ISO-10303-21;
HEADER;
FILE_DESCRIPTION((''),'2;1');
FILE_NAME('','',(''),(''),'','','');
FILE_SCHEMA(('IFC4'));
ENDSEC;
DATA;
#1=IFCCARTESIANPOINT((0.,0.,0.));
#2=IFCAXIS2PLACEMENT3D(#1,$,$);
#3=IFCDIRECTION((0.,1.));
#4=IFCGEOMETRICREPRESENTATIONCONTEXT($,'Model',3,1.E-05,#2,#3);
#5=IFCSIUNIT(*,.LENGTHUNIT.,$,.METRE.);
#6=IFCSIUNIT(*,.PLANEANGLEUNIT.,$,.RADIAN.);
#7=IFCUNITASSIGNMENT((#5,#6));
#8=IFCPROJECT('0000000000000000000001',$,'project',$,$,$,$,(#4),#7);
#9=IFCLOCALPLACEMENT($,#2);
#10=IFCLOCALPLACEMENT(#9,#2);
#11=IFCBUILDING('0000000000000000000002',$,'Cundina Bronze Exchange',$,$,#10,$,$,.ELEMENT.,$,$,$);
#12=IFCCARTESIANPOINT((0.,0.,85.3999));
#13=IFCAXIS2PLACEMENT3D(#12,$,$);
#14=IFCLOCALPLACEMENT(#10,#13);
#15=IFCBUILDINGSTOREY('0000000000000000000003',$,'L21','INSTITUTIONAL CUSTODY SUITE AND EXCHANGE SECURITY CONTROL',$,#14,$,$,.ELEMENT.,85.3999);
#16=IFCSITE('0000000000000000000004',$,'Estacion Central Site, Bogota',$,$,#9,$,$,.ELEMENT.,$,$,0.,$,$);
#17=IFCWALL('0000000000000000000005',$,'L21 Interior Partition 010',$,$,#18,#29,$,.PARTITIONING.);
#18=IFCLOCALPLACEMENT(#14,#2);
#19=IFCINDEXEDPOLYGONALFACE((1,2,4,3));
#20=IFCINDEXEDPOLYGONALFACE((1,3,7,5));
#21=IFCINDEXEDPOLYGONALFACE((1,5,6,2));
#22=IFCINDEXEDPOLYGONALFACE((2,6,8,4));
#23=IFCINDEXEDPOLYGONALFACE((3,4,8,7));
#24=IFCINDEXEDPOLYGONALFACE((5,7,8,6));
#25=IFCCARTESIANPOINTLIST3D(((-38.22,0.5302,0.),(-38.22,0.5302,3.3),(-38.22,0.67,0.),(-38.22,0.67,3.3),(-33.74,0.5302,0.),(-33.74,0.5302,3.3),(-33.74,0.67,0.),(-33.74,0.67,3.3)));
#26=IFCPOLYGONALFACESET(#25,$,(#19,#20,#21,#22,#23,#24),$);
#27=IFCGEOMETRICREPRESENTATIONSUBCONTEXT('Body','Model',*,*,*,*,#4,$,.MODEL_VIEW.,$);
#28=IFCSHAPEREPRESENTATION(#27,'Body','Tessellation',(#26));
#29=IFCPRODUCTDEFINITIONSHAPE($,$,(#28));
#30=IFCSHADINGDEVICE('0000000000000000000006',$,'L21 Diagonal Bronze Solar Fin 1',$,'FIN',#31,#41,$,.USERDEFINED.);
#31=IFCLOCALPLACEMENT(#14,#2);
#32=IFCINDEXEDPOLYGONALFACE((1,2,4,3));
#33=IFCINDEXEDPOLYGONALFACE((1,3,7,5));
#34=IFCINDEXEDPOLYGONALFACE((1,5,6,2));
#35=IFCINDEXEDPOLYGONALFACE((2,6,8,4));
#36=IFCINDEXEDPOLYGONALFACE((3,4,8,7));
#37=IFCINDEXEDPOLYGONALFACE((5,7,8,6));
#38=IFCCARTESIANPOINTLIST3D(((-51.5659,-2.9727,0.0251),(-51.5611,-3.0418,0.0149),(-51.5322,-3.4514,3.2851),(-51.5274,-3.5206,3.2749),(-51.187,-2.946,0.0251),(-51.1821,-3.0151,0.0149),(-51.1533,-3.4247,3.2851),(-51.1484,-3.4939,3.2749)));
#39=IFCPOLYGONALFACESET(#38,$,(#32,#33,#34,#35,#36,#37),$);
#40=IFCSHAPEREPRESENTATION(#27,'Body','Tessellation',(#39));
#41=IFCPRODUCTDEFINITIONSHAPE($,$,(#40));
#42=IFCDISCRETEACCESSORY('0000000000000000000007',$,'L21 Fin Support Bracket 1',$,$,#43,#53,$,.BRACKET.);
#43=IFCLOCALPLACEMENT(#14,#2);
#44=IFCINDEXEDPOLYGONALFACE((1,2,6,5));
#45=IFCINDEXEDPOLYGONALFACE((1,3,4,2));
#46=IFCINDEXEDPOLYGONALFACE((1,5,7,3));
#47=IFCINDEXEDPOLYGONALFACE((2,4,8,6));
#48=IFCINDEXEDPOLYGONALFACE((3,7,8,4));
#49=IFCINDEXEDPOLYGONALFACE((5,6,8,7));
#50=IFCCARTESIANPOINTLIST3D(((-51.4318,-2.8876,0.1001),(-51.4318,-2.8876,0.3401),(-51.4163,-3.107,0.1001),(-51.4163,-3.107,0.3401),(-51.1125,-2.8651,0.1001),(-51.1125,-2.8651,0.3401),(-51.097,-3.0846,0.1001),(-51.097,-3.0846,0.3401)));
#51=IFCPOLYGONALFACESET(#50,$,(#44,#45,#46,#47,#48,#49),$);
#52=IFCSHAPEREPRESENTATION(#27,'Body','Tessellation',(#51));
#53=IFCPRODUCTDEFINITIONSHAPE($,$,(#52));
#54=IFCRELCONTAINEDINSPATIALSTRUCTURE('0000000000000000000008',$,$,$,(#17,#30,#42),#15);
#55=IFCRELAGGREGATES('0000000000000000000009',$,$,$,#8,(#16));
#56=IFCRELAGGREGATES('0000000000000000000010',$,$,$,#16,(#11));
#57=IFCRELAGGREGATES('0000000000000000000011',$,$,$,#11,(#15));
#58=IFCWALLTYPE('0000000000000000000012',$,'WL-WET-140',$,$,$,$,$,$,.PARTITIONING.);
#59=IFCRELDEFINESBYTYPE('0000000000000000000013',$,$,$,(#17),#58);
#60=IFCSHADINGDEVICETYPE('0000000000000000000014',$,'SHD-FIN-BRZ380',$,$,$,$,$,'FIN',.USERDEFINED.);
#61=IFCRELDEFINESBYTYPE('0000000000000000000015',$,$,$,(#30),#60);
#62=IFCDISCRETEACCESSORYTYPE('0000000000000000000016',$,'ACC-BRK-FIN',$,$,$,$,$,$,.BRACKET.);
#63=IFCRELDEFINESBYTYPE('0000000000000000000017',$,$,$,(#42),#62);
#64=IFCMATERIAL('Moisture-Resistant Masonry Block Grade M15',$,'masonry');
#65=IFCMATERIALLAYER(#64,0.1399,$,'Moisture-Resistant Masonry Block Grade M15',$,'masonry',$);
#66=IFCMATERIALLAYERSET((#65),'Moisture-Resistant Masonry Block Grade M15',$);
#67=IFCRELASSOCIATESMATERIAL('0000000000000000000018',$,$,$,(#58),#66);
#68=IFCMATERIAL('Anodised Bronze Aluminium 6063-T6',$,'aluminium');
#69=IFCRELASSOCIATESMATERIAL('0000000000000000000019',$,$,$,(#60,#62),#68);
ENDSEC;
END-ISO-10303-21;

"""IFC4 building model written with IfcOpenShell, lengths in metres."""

from ifc_helpers import new_model, si_unit, direction, frame, frame_2d, origin, origin_2d, place, context, subcontext, project, spatial, rectangle, extrude, material, layer, layer_set, material_profile, profile_set, type_object, element, save


model = new_model("IFC4")

# Units and contexts
model_context = context("Model", 3, precision=1e-05, world=origin(), true_north=direction((0.0, 1.0)))
body_context = subcontext(model_context, "Body", "Model", "MODEL_VIEW")
ifc_project = project(units=[si_unit("LENGTHUNIT", "METRE"), si_unit("PLANEANGLEUNIT", "RADIAN")], contexts=[model_context])

# Site, building, storey
site_placement = place(None, origin())
site = spatial("IfcSite", under=ifc_project, at=site_placement, Name="Estacion Central Site, Bogota", CompositionType="ELEMENT", RefElevation=0.0)
building_placement = place(site_placement, origin())
building = spatial("IfcBuilding", under=site, at=building_placement, Name="Cundina Bronze Exchange", CompositionType="ELEMENT")
storey_placement = place(building_placement, frame((0.0, 0.0, 85.3999)))
storey = spatial("IfcBuildingStorey", under=building, at=storey_placement, Name="L21", Description="INSTITUTIONAL CUSTODY SUITE AND EXCHANGE SECURITY CONTROL", CompositionType="ELEMENT", Elevation=85.3999)

# Shared definitions
ifc_material_1 = material(Name="Anodised Bronze Aluminium 6063-T6", Category="aluminium")

# Wall
ifc_material_2 = material(Name="Moisture-Resistant Masonry Block Grade M15", Category="masonry")
ifc_layer_1 = layer(ifc_material_2, 0.1399, Name="Moisture-Resistant Masonry Block Grade M15", Category="masonry")
ifc_layer_set_1 = layer_set([ifc_layer_1], Name="Moisture-Resistant Masonry Block Grade M15")
wall_type_1 = type_object("IfcWallType", Name="WL-WET-140", PredefinedType="PARTITIONING", material=ifc_layer_set_1)
wall_1_placement = place(storey_placement, frame((-38.22, 0.6001, 0.0), z_axis=(0.0, 0.0, 1.0), x_axis=(1.0, 0.0, 0.0)))
element("IfcWall", 1, at=wall_1_placement, inside=storey, type_object=wall_type_1, Name="L21 Interior Partition 010", PredefinedType="PARTITIONING", context=body_context, shape_type="SweptSolid", body=[
    extrude(rectangle(XDim=4.48, YDim=0.1399, at=frame_2d((2.24, 0.0))), origin(), (0.0, 0.0, 1.0), 3.3),
])

# Shading device
ifc_material_profile_1 = material_profile(ifc_material_1, rectangle(XDim=0.0701, YDim=0.3799, at=origin_2d()), Name="FIN70X380", Category="aluminium")
ifc_profile_set_1 = profile_set([ifc_material_profile_1], Name="Anodised Bronze Aluminium 6063-T6")
shading_device_type = type_object("IfcShadingDeviceType", Name="SHD-FIN-BRZ380", ElementType="FIN", PredefinedType="USERDEFINED", material=ifc_profile_set_1)
shading_device_placement = place(storey_placement, frame((-51.374, -2.9939, 0.02), z_axis=(0.010225, -0.145292, 0.989336), x_axis=(-0.06945, 0.986895, 0.145652)))
element("IfcShadingDevice", 2, at=shading_device_placement, inside=storey, type_object=shading_device_type, Name="L21 Diagonal Bronze Solar Fin 1", ObjectType="FIN", PredefinedType="USERDEFINED", context=body_context, shape_type="SweptSolid", body=[
    extrude(rectangle(XDim=0.0701, YDim=0.3799, at=origin_2d()), origin(), (0.0, 0.0, 1.0), 3.2952),
])

# Discrete accessory
discrete_accessory_type = type_object("IfcDiscreteAccessoryType", Name="ACC-BRK-FIN", PredefinedType="BRACKET", material=ifc_material_1)
discrete_accessory_placement = place(storey_placement, frame((-51.2644, -2.9861, 0.1001), z_axis=(0.0, 0.0, 1.0), x_axis=(0.070279, -0.997527, 0.0)))
element("IfcDiscreteAccessory", 3, at=discrete_accessory_placement, inside=storey, type_object=discrete_accessory_type, Name="L21 Fin Support Bracket 1", PredefinedType="BRACKET", context=body_context, shape_type="SweptSolid", body=[
    extrude(rectangle(XDim=0.22, YDim=0.3201, at=origin_2d()), origin(), (0.0, 0.0, 1.0), 0.24),
])

save(model, "model.ifc")
